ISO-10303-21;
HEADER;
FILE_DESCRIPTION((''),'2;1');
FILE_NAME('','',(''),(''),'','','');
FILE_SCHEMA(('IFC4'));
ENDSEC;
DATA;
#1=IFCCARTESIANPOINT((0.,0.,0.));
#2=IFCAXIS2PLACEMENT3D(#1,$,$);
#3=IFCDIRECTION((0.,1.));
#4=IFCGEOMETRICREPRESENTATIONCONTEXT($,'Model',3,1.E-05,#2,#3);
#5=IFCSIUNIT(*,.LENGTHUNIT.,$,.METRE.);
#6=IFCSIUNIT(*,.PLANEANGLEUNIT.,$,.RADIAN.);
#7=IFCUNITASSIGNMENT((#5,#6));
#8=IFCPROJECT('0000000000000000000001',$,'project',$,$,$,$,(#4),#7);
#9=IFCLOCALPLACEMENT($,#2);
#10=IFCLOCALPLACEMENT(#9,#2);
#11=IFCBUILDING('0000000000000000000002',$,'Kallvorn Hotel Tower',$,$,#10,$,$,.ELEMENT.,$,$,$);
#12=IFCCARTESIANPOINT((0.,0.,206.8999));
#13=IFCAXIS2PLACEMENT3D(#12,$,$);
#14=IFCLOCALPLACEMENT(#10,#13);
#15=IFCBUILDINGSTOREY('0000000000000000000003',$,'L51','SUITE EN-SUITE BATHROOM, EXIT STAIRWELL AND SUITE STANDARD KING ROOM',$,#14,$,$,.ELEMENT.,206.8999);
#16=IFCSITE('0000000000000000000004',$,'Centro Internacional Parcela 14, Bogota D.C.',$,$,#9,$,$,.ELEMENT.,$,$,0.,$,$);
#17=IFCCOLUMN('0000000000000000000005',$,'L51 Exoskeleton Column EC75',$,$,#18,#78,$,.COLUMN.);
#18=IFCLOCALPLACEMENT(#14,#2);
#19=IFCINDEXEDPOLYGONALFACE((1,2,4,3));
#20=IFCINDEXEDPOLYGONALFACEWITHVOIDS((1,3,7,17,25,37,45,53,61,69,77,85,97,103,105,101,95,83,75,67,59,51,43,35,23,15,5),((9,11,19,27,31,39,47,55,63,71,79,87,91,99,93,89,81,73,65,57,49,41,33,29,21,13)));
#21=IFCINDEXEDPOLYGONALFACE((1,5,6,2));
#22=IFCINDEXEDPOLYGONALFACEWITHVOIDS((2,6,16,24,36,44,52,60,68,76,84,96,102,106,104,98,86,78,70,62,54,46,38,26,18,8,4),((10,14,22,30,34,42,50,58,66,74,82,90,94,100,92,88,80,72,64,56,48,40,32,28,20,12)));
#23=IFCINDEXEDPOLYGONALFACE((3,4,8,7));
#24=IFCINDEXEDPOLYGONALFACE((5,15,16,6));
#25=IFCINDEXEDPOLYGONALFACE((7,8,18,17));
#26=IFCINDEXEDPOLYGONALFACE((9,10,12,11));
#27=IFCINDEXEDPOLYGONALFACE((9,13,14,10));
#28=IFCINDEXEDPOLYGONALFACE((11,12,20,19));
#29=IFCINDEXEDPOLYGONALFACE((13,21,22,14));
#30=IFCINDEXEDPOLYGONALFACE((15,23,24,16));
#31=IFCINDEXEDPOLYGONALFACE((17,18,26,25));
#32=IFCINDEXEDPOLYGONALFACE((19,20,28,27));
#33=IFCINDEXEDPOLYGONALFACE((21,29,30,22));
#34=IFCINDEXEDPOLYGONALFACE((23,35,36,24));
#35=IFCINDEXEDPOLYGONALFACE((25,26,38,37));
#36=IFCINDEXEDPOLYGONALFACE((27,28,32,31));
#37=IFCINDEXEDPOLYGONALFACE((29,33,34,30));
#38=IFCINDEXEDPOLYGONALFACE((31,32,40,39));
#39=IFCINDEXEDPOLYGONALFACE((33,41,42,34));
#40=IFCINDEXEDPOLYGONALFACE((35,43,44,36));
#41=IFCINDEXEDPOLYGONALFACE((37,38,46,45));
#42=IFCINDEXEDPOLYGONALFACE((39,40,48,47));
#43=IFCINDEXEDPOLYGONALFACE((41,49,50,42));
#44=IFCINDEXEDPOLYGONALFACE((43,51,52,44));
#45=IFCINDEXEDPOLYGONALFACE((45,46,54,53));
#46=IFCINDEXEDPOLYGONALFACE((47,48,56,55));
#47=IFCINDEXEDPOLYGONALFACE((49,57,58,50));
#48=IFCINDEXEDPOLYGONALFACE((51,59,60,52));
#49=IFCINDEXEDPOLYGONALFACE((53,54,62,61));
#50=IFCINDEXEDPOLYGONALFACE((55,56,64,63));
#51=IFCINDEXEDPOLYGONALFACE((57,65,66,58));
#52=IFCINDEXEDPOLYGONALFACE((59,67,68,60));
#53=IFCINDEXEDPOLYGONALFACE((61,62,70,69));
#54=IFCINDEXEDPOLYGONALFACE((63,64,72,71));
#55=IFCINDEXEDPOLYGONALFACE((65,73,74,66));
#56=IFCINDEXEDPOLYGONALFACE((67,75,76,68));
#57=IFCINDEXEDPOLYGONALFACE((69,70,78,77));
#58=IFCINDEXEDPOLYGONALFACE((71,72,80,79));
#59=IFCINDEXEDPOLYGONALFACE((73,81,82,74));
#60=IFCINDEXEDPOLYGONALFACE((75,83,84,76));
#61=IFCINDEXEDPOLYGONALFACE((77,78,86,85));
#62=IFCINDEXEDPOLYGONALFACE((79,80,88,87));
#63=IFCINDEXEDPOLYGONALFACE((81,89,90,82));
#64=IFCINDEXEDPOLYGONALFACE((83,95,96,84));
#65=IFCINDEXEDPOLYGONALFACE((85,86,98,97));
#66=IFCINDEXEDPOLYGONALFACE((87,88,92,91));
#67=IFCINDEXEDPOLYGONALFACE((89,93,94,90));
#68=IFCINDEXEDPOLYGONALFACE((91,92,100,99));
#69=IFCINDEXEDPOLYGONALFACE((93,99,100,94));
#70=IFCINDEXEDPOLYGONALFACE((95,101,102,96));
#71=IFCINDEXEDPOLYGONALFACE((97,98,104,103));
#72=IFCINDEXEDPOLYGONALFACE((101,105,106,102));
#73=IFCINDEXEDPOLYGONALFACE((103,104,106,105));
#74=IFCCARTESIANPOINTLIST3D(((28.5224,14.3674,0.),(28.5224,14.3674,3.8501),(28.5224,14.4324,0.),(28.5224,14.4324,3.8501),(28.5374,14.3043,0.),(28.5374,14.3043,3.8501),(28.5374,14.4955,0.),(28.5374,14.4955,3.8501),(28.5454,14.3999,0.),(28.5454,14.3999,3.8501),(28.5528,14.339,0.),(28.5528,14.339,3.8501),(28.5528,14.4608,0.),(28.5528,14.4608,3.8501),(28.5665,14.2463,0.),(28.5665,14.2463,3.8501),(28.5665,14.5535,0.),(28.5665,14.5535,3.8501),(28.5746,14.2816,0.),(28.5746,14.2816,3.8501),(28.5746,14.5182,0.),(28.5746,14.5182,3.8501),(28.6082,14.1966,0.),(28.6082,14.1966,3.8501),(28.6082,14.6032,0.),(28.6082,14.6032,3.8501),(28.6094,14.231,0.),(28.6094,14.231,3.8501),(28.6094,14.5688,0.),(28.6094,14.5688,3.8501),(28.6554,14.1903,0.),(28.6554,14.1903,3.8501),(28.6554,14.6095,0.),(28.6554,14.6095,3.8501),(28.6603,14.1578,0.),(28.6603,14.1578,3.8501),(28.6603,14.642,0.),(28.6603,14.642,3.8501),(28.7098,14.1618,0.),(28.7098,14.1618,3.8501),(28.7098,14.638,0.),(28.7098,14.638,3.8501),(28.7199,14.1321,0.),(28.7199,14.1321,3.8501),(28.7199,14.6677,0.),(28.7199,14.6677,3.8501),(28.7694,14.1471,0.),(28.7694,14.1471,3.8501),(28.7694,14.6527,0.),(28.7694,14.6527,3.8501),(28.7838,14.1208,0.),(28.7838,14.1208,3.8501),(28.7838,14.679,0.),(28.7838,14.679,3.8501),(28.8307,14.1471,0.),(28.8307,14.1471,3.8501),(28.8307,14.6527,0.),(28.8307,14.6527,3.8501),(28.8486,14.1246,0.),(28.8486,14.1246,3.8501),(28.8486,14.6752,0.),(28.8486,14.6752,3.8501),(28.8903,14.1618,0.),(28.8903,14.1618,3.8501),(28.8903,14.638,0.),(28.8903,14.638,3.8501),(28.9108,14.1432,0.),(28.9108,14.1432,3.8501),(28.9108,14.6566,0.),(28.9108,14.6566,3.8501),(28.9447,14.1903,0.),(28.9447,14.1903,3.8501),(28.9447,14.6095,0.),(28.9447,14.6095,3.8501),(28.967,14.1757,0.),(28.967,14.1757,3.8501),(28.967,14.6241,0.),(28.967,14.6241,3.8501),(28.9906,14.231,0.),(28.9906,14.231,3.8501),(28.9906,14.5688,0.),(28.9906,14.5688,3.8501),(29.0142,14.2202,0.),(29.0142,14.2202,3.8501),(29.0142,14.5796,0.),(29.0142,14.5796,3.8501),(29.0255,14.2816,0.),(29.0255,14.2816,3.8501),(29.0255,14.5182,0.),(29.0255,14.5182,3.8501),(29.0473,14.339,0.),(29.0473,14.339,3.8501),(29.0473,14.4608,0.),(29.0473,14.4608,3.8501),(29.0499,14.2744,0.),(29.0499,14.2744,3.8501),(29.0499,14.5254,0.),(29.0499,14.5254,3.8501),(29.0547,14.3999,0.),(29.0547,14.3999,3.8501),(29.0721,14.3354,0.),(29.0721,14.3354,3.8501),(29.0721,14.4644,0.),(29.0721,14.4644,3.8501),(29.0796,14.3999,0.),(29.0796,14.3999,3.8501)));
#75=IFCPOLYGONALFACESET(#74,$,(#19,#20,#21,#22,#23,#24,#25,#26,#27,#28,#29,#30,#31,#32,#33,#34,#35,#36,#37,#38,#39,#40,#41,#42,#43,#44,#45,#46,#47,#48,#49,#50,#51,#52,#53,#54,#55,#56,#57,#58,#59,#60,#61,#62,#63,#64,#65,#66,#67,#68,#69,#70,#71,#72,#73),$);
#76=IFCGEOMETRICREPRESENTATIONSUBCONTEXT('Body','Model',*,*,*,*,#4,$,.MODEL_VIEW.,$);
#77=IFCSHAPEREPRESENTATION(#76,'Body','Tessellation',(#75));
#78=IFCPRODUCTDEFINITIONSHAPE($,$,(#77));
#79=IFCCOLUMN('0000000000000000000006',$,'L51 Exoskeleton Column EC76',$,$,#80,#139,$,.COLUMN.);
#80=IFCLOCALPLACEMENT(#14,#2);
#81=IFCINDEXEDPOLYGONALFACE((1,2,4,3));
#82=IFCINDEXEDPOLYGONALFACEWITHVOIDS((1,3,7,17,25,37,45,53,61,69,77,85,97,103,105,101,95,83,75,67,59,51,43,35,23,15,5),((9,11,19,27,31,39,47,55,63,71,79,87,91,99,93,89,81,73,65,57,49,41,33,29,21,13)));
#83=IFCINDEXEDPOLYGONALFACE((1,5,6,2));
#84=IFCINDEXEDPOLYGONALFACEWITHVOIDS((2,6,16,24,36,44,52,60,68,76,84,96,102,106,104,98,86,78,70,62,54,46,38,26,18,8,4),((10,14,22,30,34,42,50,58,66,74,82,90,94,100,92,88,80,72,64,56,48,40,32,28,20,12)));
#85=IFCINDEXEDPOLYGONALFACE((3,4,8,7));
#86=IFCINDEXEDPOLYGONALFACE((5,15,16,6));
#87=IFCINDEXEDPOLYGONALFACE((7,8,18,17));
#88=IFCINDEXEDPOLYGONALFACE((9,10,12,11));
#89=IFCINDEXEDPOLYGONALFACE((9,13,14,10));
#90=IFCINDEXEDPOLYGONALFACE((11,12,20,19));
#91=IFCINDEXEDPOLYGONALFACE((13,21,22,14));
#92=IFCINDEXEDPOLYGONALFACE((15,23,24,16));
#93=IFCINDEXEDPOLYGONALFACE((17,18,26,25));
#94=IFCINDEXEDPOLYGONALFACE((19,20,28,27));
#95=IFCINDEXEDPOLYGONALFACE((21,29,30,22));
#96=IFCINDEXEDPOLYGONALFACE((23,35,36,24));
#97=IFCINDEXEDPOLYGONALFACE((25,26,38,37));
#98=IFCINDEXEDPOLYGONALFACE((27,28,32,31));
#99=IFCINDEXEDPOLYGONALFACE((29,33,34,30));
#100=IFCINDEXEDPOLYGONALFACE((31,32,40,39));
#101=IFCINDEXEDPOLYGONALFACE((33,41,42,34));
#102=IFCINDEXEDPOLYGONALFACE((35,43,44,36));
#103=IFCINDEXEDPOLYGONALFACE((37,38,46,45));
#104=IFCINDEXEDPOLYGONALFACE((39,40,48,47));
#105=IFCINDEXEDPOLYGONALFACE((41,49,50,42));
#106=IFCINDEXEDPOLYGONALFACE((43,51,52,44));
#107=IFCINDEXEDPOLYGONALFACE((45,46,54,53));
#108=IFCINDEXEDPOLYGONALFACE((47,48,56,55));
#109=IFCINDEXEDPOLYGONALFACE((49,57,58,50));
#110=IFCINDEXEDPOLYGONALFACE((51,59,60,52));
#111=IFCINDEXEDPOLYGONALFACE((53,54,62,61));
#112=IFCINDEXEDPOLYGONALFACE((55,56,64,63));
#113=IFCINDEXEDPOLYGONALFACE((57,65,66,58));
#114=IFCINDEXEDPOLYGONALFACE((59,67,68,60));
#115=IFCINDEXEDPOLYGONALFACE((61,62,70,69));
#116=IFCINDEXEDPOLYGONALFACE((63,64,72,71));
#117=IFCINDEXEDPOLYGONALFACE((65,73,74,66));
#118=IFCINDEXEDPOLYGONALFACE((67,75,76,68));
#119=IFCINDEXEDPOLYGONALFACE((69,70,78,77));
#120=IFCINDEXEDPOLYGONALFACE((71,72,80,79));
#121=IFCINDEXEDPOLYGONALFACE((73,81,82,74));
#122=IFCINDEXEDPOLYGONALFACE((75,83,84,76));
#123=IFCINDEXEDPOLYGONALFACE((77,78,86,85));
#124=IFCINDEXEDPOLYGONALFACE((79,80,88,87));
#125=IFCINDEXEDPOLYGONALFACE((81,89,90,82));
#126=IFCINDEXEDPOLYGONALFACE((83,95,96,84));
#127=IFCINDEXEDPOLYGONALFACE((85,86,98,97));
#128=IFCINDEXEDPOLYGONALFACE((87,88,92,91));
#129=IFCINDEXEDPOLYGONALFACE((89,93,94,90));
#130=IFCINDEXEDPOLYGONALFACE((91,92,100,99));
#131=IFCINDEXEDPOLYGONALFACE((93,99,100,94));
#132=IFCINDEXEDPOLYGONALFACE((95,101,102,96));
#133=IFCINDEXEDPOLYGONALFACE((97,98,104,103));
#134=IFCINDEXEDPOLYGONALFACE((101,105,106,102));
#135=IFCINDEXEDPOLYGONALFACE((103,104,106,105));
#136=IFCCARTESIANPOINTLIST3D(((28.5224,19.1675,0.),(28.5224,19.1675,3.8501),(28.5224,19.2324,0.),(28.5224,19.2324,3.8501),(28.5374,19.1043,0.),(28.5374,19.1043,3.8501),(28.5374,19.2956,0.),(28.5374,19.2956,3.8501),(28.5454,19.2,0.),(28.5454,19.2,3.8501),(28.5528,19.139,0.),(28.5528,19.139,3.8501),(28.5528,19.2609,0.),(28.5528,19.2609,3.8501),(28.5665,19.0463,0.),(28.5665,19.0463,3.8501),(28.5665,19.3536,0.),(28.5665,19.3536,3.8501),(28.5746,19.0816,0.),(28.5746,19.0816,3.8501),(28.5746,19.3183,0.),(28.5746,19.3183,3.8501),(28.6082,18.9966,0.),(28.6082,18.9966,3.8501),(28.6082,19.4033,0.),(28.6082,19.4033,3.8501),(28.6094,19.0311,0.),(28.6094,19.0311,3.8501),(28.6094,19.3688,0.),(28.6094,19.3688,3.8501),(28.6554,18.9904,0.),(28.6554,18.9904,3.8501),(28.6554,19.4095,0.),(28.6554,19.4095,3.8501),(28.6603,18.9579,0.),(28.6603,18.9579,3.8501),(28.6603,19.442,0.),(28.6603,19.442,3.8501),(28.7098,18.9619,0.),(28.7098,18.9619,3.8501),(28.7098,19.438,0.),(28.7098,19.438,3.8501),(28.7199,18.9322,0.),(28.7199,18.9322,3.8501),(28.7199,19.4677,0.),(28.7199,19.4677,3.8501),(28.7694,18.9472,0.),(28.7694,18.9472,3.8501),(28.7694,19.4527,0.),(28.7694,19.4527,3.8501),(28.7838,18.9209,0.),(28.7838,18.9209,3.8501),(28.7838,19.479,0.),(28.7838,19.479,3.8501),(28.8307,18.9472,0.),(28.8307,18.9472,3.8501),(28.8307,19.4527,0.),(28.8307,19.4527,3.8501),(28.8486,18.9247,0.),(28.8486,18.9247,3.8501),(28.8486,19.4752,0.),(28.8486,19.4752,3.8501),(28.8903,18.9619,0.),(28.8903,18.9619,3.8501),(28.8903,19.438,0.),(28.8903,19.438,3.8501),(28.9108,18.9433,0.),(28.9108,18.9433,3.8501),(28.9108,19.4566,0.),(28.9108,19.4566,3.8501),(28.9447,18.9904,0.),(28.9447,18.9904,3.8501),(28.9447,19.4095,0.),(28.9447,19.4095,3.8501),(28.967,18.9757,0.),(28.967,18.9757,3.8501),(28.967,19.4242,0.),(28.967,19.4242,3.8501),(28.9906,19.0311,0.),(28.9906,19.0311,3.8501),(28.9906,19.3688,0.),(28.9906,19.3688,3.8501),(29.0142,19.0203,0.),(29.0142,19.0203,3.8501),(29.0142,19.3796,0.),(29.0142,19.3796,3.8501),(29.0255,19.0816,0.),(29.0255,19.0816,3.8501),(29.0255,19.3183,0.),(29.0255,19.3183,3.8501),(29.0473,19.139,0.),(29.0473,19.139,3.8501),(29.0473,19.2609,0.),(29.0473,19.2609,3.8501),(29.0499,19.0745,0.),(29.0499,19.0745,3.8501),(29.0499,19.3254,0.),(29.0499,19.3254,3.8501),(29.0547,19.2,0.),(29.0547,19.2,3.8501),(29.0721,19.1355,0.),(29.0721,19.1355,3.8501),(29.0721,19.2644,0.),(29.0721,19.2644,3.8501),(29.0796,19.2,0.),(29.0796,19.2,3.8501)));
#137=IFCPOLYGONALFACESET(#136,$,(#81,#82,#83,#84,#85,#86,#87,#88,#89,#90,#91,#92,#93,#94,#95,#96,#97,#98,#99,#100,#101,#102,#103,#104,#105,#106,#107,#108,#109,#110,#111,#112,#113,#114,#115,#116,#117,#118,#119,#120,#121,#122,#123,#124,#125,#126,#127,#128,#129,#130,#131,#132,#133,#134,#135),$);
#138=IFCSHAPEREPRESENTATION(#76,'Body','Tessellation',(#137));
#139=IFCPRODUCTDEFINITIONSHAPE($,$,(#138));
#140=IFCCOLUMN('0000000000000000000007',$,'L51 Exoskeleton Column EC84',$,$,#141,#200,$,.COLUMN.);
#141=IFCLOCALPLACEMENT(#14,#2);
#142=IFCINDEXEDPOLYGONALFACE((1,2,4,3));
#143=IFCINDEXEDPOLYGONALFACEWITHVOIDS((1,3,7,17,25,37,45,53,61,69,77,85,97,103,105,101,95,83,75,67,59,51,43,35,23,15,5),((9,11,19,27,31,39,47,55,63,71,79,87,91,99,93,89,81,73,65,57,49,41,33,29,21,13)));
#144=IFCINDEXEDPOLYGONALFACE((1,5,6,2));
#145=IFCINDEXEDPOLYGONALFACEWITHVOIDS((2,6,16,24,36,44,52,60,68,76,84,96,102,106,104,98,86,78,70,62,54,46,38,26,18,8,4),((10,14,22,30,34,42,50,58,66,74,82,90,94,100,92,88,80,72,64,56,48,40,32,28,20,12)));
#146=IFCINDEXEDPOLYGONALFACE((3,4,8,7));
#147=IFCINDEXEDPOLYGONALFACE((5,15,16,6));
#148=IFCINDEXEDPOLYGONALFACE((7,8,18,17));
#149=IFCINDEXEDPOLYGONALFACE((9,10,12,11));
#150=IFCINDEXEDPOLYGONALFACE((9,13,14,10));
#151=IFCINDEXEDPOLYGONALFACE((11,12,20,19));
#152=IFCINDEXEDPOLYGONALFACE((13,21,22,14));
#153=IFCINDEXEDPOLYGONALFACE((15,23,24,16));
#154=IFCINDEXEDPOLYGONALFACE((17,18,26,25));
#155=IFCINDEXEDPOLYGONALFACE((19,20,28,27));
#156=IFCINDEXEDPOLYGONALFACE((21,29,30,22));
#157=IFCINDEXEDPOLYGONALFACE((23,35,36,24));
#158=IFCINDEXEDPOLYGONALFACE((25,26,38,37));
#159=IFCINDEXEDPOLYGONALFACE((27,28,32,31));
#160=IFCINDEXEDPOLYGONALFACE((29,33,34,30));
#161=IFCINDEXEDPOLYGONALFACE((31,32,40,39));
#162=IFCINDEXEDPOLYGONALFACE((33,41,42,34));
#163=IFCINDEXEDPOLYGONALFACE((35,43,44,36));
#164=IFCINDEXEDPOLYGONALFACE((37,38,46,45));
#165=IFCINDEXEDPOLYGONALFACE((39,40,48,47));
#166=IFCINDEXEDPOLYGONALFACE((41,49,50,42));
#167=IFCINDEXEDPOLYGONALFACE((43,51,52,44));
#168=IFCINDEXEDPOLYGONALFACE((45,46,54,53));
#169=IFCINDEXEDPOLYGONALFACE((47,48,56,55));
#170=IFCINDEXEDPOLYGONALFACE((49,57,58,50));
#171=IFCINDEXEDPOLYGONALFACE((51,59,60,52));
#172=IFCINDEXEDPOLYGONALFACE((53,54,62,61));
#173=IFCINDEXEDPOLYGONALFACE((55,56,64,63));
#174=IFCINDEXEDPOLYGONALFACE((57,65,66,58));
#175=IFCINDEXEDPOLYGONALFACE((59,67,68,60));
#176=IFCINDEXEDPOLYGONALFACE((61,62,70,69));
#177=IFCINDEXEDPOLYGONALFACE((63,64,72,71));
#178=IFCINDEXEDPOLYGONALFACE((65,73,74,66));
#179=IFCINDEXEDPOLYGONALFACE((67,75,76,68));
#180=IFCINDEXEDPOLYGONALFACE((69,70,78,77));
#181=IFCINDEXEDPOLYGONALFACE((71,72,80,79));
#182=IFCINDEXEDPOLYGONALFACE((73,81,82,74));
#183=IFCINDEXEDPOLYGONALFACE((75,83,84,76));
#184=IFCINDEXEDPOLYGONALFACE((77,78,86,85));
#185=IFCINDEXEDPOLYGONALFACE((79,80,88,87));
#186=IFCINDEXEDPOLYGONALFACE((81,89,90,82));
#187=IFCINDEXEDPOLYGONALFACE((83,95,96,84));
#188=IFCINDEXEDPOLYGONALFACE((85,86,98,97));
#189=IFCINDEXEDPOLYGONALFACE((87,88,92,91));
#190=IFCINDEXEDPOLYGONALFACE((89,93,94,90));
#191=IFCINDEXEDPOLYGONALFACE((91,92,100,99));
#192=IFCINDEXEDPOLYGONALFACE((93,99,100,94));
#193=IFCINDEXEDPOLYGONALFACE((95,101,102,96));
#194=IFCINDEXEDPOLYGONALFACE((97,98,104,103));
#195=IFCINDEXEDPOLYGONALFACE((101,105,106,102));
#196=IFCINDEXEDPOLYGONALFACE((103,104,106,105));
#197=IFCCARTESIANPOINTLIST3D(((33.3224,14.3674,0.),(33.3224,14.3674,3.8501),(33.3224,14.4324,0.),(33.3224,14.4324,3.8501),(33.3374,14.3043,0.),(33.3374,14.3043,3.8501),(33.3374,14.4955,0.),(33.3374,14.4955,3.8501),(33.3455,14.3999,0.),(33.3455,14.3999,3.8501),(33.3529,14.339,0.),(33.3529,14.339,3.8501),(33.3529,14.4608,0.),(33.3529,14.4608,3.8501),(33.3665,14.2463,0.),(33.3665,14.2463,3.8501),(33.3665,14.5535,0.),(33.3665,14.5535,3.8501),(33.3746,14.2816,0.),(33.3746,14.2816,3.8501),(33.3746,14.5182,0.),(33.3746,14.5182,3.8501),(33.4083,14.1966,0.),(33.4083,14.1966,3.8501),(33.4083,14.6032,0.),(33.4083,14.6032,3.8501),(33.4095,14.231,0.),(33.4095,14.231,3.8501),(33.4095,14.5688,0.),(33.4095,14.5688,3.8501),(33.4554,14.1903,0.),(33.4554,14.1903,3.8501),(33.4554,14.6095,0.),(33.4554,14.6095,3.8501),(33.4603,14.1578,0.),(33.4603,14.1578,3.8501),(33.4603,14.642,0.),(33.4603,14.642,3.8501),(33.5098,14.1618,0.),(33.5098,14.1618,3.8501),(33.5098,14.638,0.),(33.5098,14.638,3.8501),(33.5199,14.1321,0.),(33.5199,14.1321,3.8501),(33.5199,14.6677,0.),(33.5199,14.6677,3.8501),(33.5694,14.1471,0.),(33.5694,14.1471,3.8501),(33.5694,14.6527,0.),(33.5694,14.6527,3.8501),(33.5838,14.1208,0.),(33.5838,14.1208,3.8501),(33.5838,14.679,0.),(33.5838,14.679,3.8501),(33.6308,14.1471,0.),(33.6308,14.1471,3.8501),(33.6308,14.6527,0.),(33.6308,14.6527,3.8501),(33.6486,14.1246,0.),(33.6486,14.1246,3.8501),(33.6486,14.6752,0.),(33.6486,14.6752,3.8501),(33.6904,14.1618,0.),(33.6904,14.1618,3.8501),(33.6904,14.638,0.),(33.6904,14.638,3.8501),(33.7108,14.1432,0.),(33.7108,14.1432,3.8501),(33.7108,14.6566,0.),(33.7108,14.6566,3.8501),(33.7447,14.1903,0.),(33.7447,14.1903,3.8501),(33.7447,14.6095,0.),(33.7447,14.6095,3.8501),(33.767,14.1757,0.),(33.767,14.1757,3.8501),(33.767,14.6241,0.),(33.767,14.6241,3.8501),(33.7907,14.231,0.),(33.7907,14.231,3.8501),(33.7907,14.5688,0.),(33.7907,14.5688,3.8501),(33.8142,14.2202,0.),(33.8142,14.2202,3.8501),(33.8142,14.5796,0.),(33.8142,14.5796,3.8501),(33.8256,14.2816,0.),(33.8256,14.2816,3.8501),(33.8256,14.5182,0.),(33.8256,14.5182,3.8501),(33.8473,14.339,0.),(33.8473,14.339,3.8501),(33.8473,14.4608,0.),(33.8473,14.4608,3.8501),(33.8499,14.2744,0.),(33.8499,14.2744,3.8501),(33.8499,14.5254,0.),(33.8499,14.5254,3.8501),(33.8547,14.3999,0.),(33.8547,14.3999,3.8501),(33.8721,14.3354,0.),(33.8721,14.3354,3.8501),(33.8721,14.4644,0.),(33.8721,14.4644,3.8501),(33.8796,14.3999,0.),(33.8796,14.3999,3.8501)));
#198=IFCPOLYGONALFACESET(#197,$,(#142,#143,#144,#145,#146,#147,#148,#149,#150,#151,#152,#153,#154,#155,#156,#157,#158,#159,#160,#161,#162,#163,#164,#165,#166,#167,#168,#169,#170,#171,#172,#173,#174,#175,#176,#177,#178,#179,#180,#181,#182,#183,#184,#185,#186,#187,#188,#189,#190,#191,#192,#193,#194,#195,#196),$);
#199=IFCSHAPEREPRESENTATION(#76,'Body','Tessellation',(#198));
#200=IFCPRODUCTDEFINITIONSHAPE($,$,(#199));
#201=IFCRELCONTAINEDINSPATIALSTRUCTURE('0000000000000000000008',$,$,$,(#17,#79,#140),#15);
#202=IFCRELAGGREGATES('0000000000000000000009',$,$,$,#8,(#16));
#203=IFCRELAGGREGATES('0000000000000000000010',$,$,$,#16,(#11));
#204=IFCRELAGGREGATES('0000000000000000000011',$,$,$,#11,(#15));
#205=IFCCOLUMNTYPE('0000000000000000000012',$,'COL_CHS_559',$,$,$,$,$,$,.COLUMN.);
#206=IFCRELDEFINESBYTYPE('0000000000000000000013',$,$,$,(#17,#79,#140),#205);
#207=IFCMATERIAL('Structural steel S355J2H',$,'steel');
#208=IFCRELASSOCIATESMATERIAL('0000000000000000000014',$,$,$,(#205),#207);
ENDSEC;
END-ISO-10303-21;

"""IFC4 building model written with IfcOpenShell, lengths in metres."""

from ifc_helpers import new_model, si_unit, direction, frame, origin, origin_2d, place, context, subcontext, project, spatial, hollow_circle, extrude, material, material_profile, profile_set, type_object, element, save


model = new_model("IFC4")

# Units and contexts
model_context = context("Model", 3, precision=1e-05, world=origin(), true_north=direction((0.0, 1.0)))
body_context = subcontext(model_context, "Body", "Model", "MODEL_VIEW")
ifc_project = project(units=[si_unit("LENGTHUNIT", "METRE"), si_unit("PLANEANGLEUNIT", "RADIAN")], contexts=[model_context])

# Site, building, storey
site_placement = place(None, origin())
site = spatial("IfcSite", under=ifc_project, at=site_placement, Name="Centro Internacional Parcela 14, Bogota D.C.", CompositionType="ELEMENT", RefElevation=0.0)
building_placement = place(site_placement, origin())
building = spatial("IfcBuilding", under=site, at=building_placement, Name="Kallvorn Hotel Tower", CompositionType="ELEMENT")
storey_placement = place(building_placement, frame((0.0, 0.0, 206.8999)))
storey = spatial("IfcBuildingStorey", under=building, at=storey_placement, Name="L51", Description="SUITE EN-SUITE BATHROOM, EXIT STAIRWELL AND SUITE STANDARD KING ROOM", CompositionType="ELEMENT", Elevation=206.8999)

# Columns
ifc_material_1 = material(Name="Structural steel S355J2H", Category="steel")
ifc_material_profile_1 = material_profile(ifc_material_1, hollow_circle(Radius=0.2795, WallThickness=0.0249, at=origin_2d()), Name="CHS 559x25")
ifc_profile_set_1 = profile_set([ifc_material_profile_1], Name="Structural steel S355J2H")
column_type_1 = type_object("IfcColumnType", Name="COL_CHS_559", PredefinedType="COLUMN", material=ifc_profile_set_1)
for number, where, z_axis, x_axis, name in (
    (1, (28.8, 14.3999, 0.0), (0.0, 0.0, 1.0), (1.0, 0.0, 0.0), "L51 Exoskeleton Column EC75"),
    (2, (28.8, 19.2, 0.0), (0.0, 0.0, 1.0), (1.0, 0.0, 0.0), "L51 Exoskeleton Column EC76"),
    (3, (33.6001, 14.3999, 0.0), (0.0, 0.0, 1.0), (1.0, 0.0, 0.0), "L51 Exoskeleton Column EC84"),
):
    element("IfcColumn", number, at=place(storey_placement, frame(where, z_axis=z_axis, x_axis=x_axis)), inside=storey, type_object=column_type_1, Name=name, PredefinedType="COLUMN", context=body_context, shape_type="SweptSolid", body=[
        extrude(hollow_circle(Radius=0.2795, WallThickness=0.0249, at=origin_2d()), origin(), (0.0, 0.0, 1.0), 3.8501),
    ])

save(model, "model.ifc")
